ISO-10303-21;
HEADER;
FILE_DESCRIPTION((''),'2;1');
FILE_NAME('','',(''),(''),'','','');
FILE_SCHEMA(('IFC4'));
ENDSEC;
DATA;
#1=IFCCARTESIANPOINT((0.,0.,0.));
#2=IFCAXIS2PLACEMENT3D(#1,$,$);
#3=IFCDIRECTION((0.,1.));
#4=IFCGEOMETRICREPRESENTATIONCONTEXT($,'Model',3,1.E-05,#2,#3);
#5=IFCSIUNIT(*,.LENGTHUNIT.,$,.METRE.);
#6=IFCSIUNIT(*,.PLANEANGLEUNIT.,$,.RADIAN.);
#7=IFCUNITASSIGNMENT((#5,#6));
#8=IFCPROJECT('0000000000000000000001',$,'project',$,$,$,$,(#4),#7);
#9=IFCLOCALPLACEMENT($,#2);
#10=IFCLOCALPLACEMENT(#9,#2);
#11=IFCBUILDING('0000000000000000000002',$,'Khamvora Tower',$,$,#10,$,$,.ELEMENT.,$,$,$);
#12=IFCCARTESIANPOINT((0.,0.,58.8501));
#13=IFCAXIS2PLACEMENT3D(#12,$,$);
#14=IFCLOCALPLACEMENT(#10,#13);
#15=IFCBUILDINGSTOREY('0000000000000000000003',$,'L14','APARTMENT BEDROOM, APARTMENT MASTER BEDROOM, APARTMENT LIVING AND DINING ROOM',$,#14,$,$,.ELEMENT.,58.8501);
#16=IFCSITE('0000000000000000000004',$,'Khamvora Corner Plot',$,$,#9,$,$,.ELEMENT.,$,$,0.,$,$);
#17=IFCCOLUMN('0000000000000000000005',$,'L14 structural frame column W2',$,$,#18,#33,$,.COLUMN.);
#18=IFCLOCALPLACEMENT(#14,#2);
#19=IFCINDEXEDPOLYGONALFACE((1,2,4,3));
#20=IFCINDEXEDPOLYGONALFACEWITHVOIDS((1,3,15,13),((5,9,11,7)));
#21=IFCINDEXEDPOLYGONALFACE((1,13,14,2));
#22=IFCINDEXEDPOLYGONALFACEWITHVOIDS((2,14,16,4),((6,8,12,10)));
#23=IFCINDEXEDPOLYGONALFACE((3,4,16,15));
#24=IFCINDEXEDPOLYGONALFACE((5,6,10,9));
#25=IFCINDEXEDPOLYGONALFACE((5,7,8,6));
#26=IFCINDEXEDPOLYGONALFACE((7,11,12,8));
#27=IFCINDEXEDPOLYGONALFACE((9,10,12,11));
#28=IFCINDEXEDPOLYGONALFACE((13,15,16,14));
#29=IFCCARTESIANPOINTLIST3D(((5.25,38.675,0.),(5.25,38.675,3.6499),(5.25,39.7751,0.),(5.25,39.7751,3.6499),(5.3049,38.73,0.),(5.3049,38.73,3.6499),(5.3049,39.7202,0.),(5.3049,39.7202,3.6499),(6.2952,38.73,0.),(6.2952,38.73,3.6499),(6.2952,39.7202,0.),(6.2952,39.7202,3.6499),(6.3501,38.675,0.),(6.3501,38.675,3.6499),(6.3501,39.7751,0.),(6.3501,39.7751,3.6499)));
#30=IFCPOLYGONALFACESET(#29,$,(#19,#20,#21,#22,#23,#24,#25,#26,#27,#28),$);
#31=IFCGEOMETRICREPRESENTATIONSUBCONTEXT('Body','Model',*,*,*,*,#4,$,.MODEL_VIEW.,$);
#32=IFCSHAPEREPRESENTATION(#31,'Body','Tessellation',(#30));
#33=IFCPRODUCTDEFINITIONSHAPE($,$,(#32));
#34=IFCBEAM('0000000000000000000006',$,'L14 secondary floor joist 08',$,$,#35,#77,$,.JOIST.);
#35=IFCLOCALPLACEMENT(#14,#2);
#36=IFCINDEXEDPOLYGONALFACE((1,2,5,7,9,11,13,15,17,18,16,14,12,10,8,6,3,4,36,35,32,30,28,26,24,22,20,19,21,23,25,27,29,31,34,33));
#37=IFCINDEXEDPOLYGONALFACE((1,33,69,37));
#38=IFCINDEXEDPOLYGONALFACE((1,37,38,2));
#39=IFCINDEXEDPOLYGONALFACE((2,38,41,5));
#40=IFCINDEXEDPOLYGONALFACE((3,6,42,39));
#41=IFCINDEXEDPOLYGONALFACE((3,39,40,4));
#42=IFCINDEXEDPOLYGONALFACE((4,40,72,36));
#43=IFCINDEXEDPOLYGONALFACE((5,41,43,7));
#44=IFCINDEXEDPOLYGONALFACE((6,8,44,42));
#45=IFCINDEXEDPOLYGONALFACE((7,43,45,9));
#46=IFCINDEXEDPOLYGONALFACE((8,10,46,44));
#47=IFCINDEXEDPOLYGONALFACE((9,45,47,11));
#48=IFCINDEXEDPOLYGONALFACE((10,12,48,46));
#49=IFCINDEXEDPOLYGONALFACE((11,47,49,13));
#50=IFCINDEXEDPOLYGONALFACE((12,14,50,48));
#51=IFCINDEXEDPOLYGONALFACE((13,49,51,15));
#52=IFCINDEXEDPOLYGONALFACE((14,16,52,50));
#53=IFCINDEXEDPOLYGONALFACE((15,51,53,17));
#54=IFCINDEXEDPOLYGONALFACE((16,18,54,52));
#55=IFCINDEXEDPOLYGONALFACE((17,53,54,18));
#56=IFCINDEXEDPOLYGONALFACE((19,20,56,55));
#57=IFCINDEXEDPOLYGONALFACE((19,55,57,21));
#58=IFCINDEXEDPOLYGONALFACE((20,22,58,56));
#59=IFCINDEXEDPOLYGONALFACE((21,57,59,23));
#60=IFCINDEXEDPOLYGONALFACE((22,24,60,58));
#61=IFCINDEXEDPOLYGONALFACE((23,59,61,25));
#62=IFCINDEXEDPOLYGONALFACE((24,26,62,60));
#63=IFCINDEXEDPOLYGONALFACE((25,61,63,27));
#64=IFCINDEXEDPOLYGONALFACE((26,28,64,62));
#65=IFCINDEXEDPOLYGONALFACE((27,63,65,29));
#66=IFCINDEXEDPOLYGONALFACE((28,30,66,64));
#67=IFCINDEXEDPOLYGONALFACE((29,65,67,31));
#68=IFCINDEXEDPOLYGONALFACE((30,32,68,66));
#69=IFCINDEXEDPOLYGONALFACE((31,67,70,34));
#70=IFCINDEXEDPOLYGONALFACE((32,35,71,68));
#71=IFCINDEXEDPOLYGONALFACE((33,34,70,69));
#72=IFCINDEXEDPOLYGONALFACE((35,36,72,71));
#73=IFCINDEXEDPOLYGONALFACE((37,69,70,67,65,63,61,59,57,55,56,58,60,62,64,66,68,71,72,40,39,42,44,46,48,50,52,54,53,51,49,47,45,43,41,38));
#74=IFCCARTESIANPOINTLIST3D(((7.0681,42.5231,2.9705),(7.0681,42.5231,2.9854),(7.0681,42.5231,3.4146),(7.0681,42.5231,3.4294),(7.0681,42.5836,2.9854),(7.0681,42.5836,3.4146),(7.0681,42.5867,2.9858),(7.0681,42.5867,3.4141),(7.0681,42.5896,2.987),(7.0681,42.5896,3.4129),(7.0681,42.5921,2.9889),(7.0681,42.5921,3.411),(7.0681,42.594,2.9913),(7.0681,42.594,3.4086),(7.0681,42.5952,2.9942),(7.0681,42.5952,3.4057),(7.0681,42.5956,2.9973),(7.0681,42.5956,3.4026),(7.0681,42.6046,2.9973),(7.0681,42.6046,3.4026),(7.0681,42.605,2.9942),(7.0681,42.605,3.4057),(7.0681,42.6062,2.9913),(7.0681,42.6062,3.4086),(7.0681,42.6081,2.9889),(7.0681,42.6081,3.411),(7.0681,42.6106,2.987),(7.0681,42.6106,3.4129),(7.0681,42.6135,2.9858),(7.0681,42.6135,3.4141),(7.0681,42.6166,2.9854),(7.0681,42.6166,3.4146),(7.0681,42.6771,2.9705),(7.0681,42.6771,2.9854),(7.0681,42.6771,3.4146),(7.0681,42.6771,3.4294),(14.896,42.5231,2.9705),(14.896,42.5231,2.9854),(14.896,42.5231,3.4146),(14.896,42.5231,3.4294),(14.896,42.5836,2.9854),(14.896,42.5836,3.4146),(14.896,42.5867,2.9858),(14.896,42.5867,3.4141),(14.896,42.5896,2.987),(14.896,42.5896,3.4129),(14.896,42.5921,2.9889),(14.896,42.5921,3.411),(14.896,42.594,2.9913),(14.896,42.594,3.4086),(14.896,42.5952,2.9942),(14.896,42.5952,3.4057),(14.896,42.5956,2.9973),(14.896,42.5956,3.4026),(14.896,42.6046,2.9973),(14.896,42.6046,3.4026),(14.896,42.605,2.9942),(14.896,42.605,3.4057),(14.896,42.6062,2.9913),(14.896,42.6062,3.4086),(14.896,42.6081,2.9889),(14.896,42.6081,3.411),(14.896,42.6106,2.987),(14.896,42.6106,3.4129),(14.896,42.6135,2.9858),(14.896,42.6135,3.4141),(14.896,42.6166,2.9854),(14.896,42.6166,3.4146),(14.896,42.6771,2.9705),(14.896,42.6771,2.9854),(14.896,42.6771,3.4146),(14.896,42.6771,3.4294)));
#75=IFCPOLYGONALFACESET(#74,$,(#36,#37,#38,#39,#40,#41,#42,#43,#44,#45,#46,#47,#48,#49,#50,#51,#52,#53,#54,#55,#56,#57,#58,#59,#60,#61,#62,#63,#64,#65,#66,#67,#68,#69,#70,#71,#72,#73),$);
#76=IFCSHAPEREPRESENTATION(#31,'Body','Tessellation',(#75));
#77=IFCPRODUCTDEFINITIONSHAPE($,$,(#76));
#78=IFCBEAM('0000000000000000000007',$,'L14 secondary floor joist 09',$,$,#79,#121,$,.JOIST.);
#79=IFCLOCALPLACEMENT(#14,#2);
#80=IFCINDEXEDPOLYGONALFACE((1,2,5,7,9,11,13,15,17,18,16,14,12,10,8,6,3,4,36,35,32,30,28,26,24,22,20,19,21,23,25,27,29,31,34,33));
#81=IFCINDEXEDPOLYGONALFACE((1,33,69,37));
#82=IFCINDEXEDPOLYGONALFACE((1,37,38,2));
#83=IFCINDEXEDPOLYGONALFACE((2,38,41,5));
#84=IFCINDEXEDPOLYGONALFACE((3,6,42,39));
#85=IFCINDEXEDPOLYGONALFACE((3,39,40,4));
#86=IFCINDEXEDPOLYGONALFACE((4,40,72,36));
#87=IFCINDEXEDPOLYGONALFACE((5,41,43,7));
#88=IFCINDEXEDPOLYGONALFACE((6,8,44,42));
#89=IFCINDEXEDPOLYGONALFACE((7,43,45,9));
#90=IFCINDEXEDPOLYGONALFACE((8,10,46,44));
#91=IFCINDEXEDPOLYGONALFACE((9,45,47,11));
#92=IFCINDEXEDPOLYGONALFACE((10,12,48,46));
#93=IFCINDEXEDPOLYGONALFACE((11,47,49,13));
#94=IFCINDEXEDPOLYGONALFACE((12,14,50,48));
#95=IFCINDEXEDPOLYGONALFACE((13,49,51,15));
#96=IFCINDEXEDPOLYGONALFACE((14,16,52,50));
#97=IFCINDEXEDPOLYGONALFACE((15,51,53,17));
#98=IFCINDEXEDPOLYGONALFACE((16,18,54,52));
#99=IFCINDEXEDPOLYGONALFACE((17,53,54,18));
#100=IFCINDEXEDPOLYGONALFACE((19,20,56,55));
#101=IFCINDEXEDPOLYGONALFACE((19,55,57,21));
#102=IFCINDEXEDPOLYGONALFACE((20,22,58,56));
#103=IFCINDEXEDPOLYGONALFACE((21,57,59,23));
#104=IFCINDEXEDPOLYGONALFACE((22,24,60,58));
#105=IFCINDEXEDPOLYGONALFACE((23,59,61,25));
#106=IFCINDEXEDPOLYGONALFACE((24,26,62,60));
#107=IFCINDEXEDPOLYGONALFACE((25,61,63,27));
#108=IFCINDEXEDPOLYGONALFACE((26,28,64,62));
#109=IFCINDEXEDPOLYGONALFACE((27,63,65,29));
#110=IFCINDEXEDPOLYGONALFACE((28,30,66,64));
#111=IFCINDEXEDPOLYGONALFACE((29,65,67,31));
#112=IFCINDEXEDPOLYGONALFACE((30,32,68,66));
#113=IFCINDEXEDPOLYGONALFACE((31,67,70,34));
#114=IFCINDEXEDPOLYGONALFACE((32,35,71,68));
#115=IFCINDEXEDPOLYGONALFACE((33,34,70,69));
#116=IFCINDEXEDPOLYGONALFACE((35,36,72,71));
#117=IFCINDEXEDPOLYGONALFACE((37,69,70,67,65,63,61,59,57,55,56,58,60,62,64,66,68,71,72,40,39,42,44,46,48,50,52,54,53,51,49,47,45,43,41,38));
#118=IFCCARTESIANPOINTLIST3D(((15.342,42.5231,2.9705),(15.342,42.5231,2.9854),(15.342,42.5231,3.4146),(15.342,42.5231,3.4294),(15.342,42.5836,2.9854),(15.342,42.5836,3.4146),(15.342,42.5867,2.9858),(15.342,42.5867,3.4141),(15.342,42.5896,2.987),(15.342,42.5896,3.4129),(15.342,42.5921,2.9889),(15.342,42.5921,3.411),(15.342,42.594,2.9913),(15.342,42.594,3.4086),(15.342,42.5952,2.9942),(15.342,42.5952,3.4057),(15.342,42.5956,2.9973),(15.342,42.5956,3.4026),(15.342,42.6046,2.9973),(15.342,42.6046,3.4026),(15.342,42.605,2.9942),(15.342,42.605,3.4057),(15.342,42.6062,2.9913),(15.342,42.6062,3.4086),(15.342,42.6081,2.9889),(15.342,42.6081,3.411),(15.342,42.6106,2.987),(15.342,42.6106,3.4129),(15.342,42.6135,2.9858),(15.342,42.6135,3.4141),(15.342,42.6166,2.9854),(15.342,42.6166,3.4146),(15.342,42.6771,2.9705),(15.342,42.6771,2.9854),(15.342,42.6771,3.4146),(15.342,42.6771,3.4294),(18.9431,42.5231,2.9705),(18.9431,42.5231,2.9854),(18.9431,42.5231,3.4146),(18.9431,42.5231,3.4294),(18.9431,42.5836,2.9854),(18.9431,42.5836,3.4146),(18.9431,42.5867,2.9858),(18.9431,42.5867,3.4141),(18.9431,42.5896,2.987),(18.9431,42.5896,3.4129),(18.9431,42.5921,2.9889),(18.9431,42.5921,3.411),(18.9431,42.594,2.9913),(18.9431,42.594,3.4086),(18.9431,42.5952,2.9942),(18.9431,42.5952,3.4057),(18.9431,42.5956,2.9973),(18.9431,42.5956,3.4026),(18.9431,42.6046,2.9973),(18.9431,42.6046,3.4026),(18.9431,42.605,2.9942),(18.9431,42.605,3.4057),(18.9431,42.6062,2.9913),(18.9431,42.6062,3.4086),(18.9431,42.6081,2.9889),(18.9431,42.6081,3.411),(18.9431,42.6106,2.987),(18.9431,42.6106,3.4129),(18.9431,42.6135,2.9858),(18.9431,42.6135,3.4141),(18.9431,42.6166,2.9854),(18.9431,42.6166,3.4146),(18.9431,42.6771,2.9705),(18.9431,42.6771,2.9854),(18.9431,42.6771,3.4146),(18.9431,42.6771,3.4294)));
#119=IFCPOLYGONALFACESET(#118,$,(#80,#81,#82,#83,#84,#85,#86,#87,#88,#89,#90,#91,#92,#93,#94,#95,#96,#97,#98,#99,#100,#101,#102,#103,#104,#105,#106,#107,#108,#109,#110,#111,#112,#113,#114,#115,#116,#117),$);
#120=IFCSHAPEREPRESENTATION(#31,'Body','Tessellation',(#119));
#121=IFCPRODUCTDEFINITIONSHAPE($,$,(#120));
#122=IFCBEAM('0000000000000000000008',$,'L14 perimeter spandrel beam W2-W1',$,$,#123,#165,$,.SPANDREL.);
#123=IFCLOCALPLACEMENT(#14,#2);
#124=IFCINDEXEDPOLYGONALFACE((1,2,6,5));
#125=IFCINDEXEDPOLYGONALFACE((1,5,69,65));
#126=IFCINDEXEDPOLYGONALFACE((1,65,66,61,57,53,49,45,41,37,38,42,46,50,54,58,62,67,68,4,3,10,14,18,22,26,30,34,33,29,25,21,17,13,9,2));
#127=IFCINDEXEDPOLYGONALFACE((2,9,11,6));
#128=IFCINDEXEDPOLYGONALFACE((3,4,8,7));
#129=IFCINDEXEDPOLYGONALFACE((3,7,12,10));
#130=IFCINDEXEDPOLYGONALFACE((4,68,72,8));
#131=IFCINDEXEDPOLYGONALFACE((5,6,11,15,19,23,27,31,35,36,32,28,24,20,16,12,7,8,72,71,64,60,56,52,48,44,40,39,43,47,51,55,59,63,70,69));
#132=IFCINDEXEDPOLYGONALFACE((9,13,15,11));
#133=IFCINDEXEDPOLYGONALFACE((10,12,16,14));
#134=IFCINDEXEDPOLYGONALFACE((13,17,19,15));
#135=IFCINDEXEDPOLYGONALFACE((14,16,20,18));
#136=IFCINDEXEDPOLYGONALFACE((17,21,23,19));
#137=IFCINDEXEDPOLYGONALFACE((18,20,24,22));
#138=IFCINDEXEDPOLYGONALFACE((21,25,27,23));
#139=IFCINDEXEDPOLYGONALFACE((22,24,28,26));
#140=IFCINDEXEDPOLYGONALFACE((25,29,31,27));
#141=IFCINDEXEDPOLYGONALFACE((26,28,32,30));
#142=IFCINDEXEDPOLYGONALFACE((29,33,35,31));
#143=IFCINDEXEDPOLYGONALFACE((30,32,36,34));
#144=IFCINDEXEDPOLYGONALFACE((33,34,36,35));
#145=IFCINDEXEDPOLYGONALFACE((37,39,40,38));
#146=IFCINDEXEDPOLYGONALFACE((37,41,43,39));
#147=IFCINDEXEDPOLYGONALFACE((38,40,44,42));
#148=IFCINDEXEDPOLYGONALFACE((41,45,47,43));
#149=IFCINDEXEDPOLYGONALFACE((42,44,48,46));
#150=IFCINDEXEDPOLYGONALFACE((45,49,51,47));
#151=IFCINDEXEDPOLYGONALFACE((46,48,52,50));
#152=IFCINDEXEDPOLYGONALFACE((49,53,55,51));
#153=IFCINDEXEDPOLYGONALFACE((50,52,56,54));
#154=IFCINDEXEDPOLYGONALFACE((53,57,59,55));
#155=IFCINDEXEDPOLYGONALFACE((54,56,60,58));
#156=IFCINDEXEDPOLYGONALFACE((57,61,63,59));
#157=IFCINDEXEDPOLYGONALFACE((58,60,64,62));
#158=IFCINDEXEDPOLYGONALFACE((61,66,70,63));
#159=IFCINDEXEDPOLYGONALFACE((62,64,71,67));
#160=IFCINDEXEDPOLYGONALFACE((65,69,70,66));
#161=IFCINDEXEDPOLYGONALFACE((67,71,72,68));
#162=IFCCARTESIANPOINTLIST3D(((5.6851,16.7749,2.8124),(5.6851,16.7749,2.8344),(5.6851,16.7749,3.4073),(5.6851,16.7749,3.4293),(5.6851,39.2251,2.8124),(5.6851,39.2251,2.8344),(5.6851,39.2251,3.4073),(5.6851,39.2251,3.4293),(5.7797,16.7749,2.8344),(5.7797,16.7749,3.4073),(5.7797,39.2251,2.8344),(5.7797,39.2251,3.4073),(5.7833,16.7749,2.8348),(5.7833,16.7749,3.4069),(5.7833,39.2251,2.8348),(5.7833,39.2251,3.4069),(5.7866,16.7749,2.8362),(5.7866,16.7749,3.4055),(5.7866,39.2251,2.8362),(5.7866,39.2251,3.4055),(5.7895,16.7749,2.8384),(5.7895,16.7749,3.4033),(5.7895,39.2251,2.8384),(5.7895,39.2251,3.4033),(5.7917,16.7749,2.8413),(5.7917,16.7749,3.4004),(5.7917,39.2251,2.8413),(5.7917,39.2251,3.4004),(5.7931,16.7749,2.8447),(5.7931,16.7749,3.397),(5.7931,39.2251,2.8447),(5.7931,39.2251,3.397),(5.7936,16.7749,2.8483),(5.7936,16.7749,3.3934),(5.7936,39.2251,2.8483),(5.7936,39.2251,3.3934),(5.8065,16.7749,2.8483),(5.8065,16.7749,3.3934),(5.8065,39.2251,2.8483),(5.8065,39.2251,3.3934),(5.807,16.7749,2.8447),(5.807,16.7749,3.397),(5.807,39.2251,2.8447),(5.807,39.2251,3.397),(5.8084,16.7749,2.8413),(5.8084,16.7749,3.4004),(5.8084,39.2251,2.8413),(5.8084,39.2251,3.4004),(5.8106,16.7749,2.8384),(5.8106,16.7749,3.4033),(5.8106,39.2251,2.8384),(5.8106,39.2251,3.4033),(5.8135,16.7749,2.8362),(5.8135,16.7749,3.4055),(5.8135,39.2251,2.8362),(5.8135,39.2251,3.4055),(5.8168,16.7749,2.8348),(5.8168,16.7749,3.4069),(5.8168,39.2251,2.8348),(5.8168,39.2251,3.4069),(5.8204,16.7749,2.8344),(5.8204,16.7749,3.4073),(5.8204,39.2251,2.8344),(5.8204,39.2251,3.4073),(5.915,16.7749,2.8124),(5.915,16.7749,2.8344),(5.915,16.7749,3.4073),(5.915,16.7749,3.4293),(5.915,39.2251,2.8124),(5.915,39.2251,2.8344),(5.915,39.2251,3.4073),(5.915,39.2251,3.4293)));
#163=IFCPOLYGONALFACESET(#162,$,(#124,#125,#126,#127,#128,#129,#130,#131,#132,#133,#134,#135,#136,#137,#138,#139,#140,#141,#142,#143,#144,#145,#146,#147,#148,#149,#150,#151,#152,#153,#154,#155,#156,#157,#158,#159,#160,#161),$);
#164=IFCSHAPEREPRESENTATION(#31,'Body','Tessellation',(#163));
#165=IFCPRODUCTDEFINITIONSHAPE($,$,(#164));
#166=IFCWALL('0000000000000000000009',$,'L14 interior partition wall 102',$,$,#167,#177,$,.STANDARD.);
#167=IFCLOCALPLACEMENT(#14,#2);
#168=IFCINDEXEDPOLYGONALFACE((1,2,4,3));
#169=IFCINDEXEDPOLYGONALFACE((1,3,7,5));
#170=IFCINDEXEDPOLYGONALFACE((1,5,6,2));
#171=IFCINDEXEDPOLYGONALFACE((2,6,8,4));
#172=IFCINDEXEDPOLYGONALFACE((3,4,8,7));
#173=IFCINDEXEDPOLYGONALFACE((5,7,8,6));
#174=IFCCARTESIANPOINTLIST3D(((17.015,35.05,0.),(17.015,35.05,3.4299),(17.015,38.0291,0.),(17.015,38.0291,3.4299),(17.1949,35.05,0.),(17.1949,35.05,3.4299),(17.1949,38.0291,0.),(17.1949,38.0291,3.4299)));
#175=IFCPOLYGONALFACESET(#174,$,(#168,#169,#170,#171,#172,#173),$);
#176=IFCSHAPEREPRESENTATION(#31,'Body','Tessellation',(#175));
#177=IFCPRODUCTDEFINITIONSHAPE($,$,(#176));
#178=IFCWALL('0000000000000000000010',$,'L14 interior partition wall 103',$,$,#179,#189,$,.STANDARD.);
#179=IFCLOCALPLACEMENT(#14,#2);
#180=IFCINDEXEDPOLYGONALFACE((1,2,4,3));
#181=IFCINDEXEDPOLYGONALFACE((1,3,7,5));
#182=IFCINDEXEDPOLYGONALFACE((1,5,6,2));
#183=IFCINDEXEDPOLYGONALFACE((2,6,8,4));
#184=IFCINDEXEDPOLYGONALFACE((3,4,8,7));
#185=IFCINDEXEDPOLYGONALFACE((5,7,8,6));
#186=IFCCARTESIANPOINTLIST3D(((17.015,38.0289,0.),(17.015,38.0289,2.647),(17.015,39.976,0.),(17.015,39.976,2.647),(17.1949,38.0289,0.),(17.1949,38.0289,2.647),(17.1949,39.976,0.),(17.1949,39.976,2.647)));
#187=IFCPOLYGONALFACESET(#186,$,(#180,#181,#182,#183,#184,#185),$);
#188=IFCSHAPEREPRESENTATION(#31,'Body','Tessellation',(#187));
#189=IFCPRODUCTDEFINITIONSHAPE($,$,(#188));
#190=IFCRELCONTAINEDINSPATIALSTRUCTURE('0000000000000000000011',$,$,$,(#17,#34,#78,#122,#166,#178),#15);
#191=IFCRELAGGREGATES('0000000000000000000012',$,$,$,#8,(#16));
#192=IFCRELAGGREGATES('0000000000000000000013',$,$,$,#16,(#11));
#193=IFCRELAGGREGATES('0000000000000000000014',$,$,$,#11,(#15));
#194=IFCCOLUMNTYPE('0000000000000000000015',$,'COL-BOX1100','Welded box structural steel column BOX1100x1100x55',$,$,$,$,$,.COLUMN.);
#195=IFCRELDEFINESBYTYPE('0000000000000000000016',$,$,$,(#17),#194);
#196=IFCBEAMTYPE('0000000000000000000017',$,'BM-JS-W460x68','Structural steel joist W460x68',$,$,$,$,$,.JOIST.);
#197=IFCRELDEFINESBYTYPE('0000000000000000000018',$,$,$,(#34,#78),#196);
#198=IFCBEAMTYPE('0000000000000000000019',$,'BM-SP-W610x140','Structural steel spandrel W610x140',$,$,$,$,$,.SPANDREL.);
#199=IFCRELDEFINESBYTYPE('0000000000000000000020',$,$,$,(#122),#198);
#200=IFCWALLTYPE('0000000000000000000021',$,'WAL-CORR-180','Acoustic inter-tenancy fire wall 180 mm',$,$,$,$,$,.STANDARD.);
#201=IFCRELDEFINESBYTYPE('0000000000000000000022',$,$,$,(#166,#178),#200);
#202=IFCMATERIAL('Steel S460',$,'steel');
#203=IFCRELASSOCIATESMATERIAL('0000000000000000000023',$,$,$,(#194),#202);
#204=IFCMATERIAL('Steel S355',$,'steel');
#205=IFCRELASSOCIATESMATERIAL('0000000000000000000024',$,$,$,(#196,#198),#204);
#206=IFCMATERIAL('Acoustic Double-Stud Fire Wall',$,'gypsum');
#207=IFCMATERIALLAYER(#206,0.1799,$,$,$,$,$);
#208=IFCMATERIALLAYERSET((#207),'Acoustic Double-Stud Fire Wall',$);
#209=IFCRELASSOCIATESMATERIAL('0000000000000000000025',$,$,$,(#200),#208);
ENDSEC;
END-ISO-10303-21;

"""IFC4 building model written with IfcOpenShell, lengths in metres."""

from ifc_helpers import new_model, si_unit, direction, frame, frame_2d, origin, origin_2d, place, context, subcontext, project, spatial, rectangle, hollow_rectangle, i_section, extrude, material, layer, layer_set, material_profile, profile_set, type_object, element, save


model = new_model("IFC4")

# Units and contexts
model_context = context("Model", 3, precision=1e-05, world=origin(), true_north=direction((0.0, 1.0)))
body_context = subcontext(model_context, "Body", "Model", "MODEL_VIEW")
ifc_project = project(units=[si_unit("LENGTHUNIT", "METRE"), si_unit("PLANEANGLEUNIT", "RADIAN")], contexts=[model_context])

# Site, building, storey
site_placement = place(None, origin())
site = spatial("IfcSite", under=ifc_project, at=site_placement, Name="Khamvora Corner Plot", CompositionType="ELEMENT", RefElevation=0.0)
building_placement = place(site_placement, origin())
building = spatial("IfcBuilding", under=site, at=building_placement, Name="Khamvora Tower", CompositionType="ELEMENT")
storey_placement = place(building_placement, frame((0.0, 0.0, 58.8501)))
storey = spatial("IfcBuildingStorey", under=building, at=storey_placement, Name="L14", Description="APARTMENT BEDROOM, APARTMENT MASTER BEDROOM, APARTMENT LIVING AND DINING ROOM", CompositionType="ELEMENT", Elevation=58.8501)

# Column
ifc_material_1 = material(Name="Steel S460", Category="steel")
ifc_material_profile_1 = material_profile(ifc_material_1, hollow_rectangle(XDim=1.1001, YDim=1.1001, WallThickness=0.0549, at=origin_2d()), Name="BOX1100x1100x55")
ifc_profile_set_1 = profile_set([ifc_material_profile_1], Name="Steel S460")
column_type = type_object("IfcColumnType", Name="COL-BOX1100", Description="Welded box structural steel column BOX1100x1100x55", PredefinedType="COLUMN", material=ifc_profile_set_1)
column_placement = place(storey_placement, frame((5.8, 39.2251, 0.0), z_axis=(0.0, 0.0, 1.0), x_axis=(1.0, 0.0, 0.0)))
element("IfcColumn", 1, at=column_placement, inside=storey, type_object=column_type, Name="L14 structural frame column W2", PredefinedType="COLUMN", context=body_context, shape_type="SweptSolid", body=[
    extrude(hollow_rectangle(XDim=1.1001, YDim=1.1001, WallThickness=0.0549, at=origin_2d()), origin(), (0.0, 0.0, 1.0), 3.6499),
])

# Beams
ifc_material_2 = material(Name="Steel S355", Category="steel")
ifc_material_profile_2 = material_profile(ifc_material_2, i_section(OverallWidth=0.1541, OverallDepth=0.459, WebThickness=0.009, FlangeThickness=0.0149, FilletRadius=0.012, at=origin_2d()), Name="W460x68")
ifc_profile_set_2 = profile_set([ifc_material_profile_2], Name="Steel S355")
beam_type_1 = type_object("IfcBeamType", Name="BM-JS-W460x68", Description="Structural steel joist W460x68", PredefinedType="JOIST", material=ifc_profile_set_2)
beam_1_placement = place(storey_placement, frame((7.0681, 42.6001, 3.2), z_axis=(1.0, 0.0, 0.0), x_axis=(0.0, 1.0, 0.0)))
element("IfcBeam", 2, at=beam_1_placement, inside=storey, type_object=beam_type_1, Name="L14 secondary floor joist 08", PredefinedType="JOIST", context=body_context, shape_type="SweptSolid", body=[
    extrude(i_section(OverallWidth=0.1541, OverallDepth=0.459, WebThickness=0.009, FlangeThickness=0.0149, FilletRadius=0.012, at=origin_2d()), origin(), (0.0, 0.0, 1.0), 7.8279),
])
beam_2_placement = place(storey_placement, frame((15.342, 42.6001, 3.2), z_axis=(1.0, 0.0, 0.0), x_axis=(0.0, 1.0, 0.0)))
element("IfcBeam", 3, at=beam_2_placement, inside=storey, type_object=beam_type_1, Name="L14 secondary floor joist 09", PredefinedType="JOIST", context=body_context, shape_type="SweptSolid", body=[
    extrude(i_section(OverallWidth=0.1541, OverallDepth=0.459, WebThickness=0.009, FlangeThickness=0.0149, FilletRadius=0.012, at=origin_2d()), origin(), (0.0, 0.0, 1.0), 3.6011),
])
ifc_material_profile_3 = material_profile(ifc_material_2, i_section(OverallWidth=0.23, OverallDepth=0.6169, WebThickness=0.0129, FlangeThickness=0.022, FilletRadius=0.0139, at=origin_2d()), Name="W610x140")
ifc_profile_set_3 = profile_set([ifc_material_profile_3], Name="Steel S355")
beam_type_2 = type_object("IfcBeamType", Name="BM-SP-W610x140", Description="Structural steel spandrel W610x140", PredefinedType="SPANDREL", material=ifc_profile_set_3)
beam_3_placement = place(storey_placement, frame((5.8, 39.2251, 3.1208), z_axis=(0.0, -1.0, 0.0), x_axis=(1.0, 0.0, 0.0)))
element("IfcBeam", 4, at=beam_3_placement, inside=storey, type_object=beam_type_2, Name="L14 perimeter spandrel beam W2-W1", PredefinedType="SPANDREL", context=body_context, shape_type="SweptSolid", body=[
    extrude(i_section(OverallWidth=0.23, OverallDepth=0.6169, WebThickness=0.0129, FlangeThickness=0.022, FilletRadius=0.0139, at=origin_2d()), origin(), (0.0, 0.0, 1.0), 22.4502),
])

# Walls
ifc_material_3 = material(Name="Acoustic Double-Stud Fire Wall", Category="gypsum")
ifc_layer_1 = layer(ifc_material_3, 0.1799)
ifc_layer_set_1 = layer_set([ifc_layer_1], Name="Acoustic Double-Stud Fire Wall")
wall_type_1 = type_object("IfcWallType", Name="WAL-CORR-180", Description="Acoustic inter-tenancy fire wall 180 mm", PredefinedType="STANDARD", material=ifc_layer_set_1)
wall_1_placement = place(storey_placement, frame((17.105, 38.0291, 0.0), z_axis=(0.0, 0.0, 1.0), x_axis=(0.0, -1.0, 0.0)))
element("IfcWall", 5, at=wall_1_placement, inside=storey, type_object=wall_type_1, Name="L14 interior partition wall 102", PredefinedType="STANDARD", context=body_context, shape_type="SweptSolid", body=[
    extrude(rectangle(XDim=2.979, YDim=0.1799, at=frame_2d((1.4895, 0.0))), origin(), (0.0, 0.0, 1.0), 3.4299),
])
wall_2_placement = place(storey_placement, frame((17.105, 39.9761, 0.0), z_axis=(0.0, 0.0, 1.0), x_axis=(0.0, -1.0, 0.0)))
element("IfcWall", 6, at=wall_2_placement, inside=storey, type_object=wall_type_1, Name="L14 interior partition wall 103", PredefinedType="STANDARD", context=body_context, shape_type="SweptSolid", body=[
    extrude(rectangle(XDim=1.947, YDim=0.1799, at=frame_2d((0.9736, 0.0))), origin(), (0.0, 0.0, 1.0), 2.647),
])

save(model, "model.ifc")
